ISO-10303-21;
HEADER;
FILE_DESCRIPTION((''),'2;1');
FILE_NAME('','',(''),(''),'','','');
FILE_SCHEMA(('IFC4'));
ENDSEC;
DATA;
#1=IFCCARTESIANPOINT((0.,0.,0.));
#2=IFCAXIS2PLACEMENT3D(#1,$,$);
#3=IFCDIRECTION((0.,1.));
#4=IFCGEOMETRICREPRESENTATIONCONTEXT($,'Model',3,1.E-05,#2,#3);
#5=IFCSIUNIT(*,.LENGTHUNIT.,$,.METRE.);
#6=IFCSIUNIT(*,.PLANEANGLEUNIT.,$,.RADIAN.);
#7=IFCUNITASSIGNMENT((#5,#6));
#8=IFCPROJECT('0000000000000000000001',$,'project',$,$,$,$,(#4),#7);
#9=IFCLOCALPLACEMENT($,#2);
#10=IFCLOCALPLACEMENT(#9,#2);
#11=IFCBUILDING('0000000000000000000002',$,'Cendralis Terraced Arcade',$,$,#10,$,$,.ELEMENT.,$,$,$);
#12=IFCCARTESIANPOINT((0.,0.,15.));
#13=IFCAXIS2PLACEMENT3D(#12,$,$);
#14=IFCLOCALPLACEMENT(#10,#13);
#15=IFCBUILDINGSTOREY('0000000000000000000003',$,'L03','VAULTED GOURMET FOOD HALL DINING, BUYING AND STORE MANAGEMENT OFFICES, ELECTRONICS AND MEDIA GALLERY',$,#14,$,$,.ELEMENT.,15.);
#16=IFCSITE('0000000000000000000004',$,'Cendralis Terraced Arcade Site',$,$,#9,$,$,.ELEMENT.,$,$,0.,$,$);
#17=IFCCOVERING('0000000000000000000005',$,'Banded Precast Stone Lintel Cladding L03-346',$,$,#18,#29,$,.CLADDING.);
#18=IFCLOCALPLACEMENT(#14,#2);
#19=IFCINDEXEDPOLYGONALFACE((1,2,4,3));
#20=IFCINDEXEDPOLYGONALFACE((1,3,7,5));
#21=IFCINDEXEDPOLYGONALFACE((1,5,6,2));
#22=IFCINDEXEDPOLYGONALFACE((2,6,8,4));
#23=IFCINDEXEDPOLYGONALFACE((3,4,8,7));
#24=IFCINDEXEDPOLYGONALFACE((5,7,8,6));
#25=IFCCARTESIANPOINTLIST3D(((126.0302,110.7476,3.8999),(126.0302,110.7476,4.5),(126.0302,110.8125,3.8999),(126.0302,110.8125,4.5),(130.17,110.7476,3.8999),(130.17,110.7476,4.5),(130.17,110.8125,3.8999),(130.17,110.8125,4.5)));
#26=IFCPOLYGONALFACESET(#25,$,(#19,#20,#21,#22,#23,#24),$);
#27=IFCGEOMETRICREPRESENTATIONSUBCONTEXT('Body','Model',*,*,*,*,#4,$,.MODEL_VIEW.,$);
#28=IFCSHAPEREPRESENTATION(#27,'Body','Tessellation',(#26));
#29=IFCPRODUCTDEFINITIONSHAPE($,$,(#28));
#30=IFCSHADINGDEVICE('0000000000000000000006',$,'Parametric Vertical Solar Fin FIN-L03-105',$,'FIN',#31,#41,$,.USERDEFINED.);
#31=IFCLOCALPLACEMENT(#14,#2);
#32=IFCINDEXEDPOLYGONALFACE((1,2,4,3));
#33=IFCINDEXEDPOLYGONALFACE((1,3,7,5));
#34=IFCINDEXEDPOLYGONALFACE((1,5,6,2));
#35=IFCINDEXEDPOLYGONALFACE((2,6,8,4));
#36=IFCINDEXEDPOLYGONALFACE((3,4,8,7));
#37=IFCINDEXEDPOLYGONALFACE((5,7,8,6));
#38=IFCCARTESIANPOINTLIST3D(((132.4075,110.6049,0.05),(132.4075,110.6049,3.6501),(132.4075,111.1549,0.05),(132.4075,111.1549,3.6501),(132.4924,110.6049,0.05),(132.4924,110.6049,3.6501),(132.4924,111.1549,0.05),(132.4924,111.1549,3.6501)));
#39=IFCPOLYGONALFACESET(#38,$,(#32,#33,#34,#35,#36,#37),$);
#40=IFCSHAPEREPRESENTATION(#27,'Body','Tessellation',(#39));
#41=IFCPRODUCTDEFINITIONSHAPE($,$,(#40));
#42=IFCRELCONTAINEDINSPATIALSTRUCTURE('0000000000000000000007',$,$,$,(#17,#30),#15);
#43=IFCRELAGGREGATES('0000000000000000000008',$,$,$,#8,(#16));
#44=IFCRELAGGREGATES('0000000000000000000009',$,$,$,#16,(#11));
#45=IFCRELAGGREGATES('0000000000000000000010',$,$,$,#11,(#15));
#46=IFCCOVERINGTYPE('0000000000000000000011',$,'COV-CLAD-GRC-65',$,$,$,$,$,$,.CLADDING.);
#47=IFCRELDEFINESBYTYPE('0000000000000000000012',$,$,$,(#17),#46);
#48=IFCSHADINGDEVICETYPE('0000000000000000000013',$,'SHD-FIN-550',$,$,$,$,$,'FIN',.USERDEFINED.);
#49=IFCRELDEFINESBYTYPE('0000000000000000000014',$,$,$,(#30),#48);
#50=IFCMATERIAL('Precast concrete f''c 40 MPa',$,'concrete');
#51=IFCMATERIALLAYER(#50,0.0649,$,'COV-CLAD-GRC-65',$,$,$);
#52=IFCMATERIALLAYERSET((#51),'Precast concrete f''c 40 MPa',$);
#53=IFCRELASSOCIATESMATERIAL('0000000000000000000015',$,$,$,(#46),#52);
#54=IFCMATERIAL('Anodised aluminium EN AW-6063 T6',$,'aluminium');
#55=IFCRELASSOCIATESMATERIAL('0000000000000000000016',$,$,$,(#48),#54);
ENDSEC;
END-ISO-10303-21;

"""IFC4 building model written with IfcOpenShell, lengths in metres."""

from ifc_helpers import new_model, si_unit, direction, frame, origin, origin_2d, place, context, subcontext, project, spatial, rectangle, extrude, material, layer, layer_set, type_object, element, save


model = new_model("IFC4")

# Units and contexts
model_context = context("Model", 3, precision=1e-05, world=origin(), true_north=direction((0.0, 1.0)))
body_context = subcontext(model_context, "Body", "Model", "MODEL_VIEW")
ifc_project = project(units=[si_unit("LENGTHUNIT", "METRE"), si_unit("PLANEANGLEUNIT", "RADIAN")], contexts=[model_context])

# Site, building, storey
site_placement = place(None, origin())
site = spatial("IfcSite", under=ifc_project, at=site_placement, Name="Cendralis Terraced Arcade Site", CompositionType="ELEMENT", RefElevation=0.0)
building_placement = place(site_placement, origin())
building = spatial("IfcBuilding", under=site, at=building_placement, Name="Cendralis Terraced Arcade", CompositionType="ELEMENT")
storey_placement = place(building_placement, frame((0.0, 0.0, 15.0)))
storey = spatial("IfcBuildingStorey", under=building, at=storey_placement, Name="L03", Description="VAULTED GOURMET FOOD HALL DINING, BUYING AND STORE MANAGEMENT OFFICES, ELECTRONICS AND MEDIA GALLERY", CompositionType="ELEMENT", Elevation=15.0)

# Shared definitions
ifc_material_1 = material(Name="Anodised aluminium EN AW-6063 T6", Category="aluminium")

# Shared definitions
ifc_material_2 = material(Name="Precast concrete f'c 40 MPa", Category="concrete")

# Covering
ifc_layer_1 = layer(ifc_material_2, 0.0649, Name="COV-CLAD-GRC-65")
ifc_layer_set_1 = layer_set([ifc_layer_1], Name="Precast concrete f'c 40 MPa")
covering_type = type_object("IfcCoveringType", Name="COV-CLAD-GRC-65", PredefinedType="CLADDING", material=ifc_layer_set_1)
covering_1_placement = place(storey_placement, frame((128.1001, 110.78, 3.8999), z_axis=(0.0, 0.0, 1.0), x_axis=(1.0, 0.0, 0.0)))
element("IfcCovering", 1, at=covering_1_placement, inside=storey, type_object=covering_type, Name="Banded Precast Stone Lintel Cladding L03-346", PredefinedType="CLADDING", context=body_context, shape_type="SweptSolid", body=[
    extrude(rectangle(XDim=4.1399, YDim=0.0649, at=origin_2d()), origin(), (0.0, 0.0, 1.0), 0.6001),
])

# Shading device
shading_device_type = type_object("IfcShadingDeviceType", Name="SHD-FIN-550", ElementType="FIN", PredefinedType="USERDEFINED", material=ifc_material_1)
shading_device_placement = place(storey_placement, frame((132.45, 110.8799, 0.05), z_axis=(0.0, 0.0, 1.0), x_axis=(1.0, 0.0, 0.0)))
element("IfcShadingDevice", 2, at=shading_device_placement, inside=storey, type_object=shading_device_type, Name="Parametric Vertical Solar Fin FIN-L03-105", ObjectType="FIN", PredefinedType="USERDEFINED", context=body_context, shape_type="SweptSolid", body=[
    extrude(rectangle(XDim=0.085, YDim=0.55, at=origin_2d()), origin(), (0.0, 0.0, 1.0), 3.6001),
])

save(model, "model.ifc")
